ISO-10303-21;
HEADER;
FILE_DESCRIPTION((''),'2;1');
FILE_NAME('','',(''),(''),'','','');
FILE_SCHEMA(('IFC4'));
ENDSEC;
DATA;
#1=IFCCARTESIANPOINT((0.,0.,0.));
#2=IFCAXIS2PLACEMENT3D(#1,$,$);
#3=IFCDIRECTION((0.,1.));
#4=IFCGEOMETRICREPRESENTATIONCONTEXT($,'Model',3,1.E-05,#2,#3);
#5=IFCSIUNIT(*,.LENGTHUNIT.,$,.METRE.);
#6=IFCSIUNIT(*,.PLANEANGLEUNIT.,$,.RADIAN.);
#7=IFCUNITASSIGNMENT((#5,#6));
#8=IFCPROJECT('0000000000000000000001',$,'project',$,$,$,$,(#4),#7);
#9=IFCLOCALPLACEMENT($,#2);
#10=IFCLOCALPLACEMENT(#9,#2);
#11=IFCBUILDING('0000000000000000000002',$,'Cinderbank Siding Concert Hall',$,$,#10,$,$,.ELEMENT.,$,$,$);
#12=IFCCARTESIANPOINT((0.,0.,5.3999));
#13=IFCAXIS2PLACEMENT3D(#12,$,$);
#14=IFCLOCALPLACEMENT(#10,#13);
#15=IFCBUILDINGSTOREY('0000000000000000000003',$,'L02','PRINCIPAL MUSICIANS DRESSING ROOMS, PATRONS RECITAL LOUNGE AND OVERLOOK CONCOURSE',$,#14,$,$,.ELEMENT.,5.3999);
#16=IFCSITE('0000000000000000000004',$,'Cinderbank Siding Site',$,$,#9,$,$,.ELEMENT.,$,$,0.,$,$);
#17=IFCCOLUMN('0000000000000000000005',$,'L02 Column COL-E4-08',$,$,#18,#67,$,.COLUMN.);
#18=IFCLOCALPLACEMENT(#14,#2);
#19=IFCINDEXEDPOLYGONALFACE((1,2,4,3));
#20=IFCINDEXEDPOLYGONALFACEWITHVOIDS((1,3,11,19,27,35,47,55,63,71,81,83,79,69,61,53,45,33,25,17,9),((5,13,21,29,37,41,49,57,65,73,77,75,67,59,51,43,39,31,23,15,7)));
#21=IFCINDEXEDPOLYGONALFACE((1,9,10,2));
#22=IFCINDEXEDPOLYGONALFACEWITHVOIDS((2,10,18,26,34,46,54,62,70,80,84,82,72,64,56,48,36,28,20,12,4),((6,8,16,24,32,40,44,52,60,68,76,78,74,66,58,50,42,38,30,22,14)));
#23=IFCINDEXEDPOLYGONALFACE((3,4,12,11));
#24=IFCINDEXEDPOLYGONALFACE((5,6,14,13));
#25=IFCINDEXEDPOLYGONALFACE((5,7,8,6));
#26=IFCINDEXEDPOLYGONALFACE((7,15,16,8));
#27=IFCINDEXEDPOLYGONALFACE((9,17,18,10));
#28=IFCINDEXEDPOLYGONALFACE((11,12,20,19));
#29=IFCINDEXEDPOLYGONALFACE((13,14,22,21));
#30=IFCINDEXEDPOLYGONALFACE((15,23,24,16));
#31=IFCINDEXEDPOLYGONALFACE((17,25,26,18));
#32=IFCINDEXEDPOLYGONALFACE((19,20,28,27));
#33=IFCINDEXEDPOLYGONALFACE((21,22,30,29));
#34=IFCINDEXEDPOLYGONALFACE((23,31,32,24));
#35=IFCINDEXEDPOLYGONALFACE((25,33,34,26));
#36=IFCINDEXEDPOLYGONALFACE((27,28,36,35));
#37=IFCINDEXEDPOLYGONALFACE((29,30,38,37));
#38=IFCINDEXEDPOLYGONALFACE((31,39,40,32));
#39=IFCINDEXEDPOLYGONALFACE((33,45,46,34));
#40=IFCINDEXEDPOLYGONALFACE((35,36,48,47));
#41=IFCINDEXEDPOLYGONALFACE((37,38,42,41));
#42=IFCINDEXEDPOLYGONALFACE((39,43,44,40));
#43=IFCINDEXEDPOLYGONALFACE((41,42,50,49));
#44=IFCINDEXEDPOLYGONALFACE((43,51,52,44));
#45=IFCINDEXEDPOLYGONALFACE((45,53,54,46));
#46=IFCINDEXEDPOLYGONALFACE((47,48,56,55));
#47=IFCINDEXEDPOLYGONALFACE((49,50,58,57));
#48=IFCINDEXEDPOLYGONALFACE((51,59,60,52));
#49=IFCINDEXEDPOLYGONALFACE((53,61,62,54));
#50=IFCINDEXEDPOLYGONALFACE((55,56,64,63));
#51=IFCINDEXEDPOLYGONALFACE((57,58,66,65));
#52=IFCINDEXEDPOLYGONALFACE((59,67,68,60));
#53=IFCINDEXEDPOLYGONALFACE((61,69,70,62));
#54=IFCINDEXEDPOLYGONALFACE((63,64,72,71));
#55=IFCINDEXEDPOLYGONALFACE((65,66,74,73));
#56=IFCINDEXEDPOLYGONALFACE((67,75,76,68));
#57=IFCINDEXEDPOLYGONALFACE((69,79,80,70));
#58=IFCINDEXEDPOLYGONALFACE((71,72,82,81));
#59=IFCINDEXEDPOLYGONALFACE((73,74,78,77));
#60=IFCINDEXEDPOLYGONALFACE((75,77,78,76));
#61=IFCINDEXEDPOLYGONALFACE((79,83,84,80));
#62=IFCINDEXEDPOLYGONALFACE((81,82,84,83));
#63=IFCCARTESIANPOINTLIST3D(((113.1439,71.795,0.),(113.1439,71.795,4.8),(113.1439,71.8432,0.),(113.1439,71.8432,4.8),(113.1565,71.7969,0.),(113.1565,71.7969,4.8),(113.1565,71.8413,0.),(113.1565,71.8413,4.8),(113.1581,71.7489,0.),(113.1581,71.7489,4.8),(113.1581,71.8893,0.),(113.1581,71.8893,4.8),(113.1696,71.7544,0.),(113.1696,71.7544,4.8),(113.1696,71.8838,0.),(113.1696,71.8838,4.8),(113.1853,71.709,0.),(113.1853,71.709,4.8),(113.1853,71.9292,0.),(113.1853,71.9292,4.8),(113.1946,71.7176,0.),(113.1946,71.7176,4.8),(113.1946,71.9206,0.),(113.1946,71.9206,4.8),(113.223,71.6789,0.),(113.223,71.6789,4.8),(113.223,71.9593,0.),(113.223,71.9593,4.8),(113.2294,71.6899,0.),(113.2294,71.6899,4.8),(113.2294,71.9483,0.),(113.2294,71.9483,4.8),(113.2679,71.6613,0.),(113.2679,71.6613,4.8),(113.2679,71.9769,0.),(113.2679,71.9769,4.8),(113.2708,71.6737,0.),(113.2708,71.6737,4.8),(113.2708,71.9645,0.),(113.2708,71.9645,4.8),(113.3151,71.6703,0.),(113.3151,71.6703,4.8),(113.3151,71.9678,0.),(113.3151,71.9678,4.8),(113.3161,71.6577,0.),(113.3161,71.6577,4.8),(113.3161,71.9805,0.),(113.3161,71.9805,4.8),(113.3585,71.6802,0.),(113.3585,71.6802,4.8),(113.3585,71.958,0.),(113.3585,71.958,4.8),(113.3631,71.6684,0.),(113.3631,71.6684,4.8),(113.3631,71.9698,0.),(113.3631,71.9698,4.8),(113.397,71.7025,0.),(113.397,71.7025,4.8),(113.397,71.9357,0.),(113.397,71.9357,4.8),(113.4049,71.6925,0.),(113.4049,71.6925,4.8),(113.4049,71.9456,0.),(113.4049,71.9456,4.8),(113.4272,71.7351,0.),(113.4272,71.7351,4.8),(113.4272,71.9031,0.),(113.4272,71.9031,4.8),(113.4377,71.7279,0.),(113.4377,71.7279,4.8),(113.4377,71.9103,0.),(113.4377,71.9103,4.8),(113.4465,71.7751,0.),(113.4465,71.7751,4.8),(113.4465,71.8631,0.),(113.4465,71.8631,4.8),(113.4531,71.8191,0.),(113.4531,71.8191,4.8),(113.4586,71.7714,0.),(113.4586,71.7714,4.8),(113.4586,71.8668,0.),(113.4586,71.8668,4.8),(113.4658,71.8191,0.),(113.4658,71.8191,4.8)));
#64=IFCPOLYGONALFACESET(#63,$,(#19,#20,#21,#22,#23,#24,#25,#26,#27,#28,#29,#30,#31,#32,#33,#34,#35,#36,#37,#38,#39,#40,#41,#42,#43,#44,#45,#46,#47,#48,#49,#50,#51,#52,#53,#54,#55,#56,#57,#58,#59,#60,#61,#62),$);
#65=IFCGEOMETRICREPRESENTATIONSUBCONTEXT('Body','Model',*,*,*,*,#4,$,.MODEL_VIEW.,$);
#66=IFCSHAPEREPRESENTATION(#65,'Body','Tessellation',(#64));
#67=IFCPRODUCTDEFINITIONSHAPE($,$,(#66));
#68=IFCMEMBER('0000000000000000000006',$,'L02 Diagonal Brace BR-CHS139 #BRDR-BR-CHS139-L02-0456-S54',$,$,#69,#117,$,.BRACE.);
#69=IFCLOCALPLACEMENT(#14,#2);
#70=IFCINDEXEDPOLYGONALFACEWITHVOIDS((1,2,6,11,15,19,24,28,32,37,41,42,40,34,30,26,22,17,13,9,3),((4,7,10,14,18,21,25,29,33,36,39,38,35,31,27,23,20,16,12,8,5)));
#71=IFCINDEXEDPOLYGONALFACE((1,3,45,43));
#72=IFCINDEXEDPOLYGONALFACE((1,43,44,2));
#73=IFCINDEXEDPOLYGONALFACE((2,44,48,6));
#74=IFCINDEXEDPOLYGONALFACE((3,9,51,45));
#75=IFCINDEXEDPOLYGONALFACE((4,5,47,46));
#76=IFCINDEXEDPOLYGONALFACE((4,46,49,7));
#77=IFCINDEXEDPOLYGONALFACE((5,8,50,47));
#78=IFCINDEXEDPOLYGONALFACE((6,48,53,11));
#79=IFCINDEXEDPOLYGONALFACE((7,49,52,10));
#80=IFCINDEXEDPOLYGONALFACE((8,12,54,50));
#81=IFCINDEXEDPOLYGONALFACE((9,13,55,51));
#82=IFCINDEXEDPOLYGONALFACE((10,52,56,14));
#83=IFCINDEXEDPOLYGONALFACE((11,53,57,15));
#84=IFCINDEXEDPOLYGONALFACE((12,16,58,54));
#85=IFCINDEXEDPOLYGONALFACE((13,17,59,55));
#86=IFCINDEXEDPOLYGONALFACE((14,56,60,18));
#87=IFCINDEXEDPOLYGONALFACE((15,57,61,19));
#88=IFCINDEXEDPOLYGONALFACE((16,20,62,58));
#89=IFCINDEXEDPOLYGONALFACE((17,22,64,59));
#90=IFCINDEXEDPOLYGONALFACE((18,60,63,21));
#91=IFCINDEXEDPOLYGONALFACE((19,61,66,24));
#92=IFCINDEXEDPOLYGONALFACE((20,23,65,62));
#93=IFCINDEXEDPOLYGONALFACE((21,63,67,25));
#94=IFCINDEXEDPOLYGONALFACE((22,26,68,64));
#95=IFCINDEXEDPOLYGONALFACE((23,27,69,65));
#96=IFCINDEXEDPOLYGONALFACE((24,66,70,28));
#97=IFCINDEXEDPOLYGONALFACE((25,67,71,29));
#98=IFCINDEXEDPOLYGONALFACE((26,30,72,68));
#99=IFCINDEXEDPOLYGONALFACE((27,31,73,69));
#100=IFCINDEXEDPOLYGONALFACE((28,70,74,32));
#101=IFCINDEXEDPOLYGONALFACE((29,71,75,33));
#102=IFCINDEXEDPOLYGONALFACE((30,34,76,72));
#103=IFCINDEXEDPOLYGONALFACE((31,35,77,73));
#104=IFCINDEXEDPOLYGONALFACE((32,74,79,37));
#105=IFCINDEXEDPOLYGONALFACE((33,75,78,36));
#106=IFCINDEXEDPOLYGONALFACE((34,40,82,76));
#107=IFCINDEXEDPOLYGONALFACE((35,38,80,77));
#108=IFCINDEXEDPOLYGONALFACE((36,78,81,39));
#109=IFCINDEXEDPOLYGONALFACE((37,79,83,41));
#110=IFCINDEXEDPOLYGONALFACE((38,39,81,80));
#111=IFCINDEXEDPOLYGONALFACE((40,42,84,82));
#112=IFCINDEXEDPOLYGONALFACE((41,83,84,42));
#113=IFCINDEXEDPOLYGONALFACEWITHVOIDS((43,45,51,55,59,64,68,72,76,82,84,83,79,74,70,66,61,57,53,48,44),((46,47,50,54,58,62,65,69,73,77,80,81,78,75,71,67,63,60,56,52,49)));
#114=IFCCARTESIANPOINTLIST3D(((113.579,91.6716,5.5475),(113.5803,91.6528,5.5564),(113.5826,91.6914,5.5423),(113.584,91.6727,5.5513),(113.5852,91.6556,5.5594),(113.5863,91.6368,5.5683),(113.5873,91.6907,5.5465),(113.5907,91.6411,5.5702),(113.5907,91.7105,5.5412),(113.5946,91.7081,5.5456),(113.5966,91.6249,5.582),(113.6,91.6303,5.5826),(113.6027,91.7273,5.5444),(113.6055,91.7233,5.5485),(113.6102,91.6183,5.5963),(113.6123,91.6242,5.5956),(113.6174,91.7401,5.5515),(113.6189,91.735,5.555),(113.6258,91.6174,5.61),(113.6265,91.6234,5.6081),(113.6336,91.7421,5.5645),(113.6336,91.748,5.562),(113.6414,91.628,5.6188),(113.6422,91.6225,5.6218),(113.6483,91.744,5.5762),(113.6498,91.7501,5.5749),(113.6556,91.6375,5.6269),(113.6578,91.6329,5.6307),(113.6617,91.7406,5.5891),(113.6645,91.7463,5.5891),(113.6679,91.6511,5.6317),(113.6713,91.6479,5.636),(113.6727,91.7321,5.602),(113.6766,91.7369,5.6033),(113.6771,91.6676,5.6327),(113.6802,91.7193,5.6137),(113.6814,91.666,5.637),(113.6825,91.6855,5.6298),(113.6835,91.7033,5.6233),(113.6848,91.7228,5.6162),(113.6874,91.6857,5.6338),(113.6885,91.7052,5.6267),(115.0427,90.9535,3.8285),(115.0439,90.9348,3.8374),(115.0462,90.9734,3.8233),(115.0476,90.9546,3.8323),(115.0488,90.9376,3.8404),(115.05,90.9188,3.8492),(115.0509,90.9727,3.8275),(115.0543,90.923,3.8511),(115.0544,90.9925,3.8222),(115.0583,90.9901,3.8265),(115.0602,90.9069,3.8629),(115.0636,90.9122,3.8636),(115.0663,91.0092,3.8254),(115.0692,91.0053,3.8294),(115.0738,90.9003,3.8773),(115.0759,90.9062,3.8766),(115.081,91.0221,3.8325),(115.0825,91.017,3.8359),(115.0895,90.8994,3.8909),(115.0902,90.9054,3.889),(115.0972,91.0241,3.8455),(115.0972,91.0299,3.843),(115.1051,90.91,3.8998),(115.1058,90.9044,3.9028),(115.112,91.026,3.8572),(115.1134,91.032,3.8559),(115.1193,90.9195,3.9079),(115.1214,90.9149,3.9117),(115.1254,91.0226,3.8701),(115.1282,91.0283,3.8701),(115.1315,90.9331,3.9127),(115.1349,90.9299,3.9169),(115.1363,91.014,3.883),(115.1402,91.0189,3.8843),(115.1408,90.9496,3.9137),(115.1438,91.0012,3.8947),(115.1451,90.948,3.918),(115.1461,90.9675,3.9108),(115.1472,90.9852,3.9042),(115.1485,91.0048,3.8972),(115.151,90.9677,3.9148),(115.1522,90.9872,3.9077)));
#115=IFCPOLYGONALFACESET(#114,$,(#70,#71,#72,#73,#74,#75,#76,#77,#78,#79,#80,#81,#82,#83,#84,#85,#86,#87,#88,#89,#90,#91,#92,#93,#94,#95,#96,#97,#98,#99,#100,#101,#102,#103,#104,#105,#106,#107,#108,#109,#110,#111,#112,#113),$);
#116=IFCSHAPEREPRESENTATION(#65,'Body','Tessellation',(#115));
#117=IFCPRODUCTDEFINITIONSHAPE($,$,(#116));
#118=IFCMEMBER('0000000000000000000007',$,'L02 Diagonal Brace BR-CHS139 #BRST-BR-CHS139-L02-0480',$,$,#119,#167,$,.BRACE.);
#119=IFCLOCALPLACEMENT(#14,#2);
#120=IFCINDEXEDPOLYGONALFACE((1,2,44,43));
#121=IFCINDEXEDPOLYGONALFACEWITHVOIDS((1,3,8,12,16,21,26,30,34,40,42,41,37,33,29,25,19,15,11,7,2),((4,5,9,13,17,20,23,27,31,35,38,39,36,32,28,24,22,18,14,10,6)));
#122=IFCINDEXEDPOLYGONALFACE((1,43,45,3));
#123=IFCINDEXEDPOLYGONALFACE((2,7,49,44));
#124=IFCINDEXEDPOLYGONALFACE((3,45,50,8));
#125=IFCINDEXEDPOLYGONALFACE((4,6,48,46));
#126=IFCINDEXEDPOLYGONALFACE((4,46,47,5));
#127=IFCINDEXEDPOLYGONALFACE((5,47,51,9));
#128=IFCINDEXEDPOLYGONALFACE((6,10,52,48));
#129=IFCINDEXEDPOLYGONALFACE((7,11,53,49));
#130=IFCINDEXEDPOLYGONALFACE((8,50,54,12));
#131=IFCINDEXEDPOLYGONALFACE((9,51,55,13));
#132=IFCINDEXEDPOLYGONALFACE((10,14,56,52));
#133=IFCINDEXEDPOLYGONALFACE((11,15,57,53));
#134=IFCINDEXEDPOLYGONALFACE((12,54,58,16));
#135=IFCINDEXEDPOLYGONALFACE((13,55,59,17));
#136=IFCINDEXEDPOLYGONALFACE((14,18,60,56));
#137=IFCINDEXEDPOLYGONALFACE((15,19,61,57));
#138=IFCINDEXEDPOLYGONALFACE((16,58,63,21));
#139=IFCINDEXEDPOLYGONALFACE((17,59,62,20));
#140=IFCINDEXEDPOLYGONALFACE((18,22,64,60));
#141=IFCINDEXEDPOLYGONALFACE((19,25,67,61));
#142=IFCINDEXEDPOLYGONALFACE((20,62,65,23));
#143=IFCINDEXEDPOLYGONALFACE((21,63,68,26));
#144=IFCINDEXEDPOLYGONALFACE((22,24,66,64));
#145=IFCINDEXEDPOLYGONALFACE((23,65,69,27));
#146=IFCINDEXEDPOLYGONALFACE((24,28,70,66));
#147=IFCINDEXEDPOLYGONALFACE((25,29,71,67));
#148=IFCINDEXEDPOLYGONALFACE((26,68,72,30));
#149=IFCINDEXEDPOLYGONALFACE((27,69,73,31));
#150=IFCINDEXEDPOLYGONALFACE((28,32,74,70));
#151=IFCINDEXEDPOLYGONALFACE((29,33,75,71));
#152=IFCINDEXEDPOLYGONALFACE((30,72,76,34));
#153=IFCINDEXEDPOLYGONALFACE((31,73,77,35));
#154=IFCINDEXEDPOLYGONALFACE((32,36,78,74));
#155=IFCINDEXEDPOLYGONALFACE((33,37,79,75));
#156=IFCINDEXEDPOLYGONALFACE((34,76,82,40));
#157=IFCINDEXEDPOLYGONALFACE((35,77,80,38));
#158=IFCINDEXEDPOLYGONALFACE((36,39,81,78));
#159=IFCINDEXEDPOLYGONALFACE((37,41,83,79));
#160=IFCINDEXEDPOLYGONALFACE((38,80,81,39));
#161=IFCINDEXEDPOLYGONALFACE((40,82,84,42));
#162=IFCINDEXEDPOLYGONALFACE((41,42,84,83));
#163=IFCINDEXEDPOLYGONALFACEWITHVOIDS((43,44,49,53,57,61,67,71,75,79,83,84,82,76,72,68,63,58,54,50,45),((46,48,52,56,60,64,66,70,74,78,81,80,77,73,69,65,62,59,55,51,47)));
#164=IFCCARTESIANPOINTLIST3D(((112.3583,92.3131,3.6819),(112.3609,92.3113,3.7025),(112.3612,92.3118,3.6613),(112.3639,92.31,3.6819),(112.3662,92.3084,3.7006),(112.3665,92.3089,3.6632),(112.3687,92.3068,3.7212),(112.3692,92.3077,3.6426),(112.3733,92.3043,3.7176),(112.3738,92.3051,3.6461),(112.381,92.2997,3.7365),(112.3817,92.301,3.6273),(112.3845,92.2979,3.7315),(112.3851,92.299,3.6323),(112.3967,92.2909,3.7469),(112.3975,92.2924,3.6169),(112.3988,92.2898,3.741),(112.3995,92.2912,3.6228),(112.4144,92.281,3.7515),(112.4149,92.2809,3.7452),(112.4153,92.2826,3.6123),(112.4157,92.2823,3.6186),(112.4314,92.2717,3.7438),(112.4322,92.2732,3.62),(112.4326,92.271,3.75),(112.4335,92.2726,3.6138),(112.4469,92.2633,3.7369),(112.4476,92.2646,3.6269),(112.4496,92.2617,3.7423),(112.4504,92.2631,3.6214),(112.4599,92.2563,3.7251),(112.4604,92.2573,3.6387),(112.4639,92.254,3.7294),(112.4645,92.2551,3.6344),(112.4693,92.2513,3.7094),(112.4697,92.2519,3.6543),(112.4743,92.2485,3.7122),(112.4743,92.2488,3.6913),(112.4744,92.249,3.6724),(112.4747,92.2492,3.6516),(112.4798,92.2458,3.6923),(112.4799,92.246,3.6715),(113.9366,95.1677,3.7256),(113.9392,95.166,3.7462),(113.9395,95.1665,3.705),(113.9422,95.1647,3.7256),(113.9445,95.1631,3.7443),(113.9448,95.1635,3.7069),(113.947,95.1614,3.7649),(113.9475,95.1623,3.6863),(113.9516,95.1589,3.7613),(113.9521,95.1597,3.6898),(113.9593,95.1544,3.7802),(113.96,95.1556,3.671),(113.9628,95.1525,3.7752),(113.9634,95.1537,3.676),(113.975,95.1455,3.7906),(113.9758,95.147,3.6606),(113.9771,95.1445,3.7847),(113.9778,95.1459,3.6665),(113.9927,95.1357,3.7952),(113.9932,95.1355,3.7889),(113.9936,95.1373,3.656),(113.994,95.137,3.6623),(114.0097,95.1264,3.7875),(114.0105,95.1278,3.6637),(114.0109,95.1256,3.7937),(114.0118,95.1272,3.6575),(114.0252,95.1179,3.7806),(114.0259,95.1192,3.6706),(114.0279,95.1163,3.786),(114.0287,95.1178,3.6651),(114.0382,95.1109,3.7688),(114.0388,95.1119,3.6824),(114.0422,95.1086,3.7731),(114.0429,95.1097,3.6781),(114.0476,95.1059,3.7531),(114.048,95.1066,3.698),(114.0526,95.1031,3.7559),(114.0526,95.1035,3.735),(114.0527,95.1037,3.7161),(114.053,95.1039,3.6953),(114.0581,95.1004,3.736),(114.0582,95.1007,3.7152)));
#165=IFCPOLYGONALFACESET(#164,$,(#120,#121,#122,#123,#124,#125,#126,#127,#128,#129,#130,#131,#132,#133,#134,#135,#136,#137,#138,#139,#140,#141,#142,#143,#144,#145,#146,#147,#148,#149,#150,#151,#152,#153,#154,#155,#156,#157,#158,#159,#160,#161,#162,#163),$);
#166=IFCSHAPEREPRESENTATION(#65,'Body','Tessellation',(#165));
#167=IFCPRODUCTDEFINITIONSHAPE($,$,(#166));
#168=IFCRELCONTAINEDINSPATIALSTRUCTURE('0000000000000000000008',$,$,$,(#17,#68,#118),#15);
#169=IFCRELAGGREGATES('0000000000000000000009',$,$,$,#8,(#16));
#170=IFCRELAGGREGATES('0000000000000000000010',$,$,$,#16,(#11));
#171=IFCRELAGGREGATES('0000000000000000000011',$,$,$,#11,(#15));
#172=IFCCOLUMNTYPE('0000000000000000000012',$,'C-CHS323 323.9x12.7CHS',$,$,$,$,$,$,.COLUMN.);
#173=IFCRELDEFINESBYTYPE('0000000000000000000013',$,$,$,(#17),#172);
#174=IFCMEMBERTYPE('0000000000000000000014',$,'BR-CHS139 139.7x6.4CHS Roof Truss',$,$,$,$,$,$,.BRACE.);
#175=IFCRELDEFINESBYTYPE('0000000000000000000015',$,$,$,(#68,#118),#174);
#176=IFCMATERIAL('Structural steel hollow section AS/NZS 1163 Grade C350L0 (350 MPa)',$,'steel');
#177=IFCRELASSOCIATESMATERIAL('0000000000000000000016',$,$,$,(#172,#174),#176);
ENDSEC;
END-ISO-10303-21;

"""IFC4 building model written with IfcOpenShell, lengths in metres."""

from ifc_helpers import new_model, si_unit, direction, frame, origin, origin_2d, place, context, subcontext, project, spatial, hollow_circle, extrude, material, material_profile, profile_set, type_object, element, save


model = new_model("IFC4")

# Units and contexts
model_context = context("Model", 3, precision=1e-05, world=origin(), true_north=direction((0.0, 1.0)))
body_context = subcontext(model_context, "Body", "Model", "MODEL_VIEW")
ifc_project = project(units=[si_unit("LENGTHUNIT", "METRE"), si_unit("PLANEANGLEUNIT", "RADIAN")], contexts=[model_context])

# Site, building, storey
site_placement = place(None, origin())
site = spatial("IfcSite", under=ifc_project, at=site_placement, Name="Cinderbank Siding Site", CompositionType="ELEMENT", RefElevation=0.0)
building_placement = place(site_placement, origin())
building = spatial("IfcBuilding", under=site, at=building_placement, Name="Cinderbank Siding Concert Hall", CompositionType="ELEMENT")
storey_placement = place(building_placement, frame((0.0, 0.0, 5.3999)))
storey = spatial("IfcBuildingStorey", under=building, at=storey_placement, Name="L02", Description="PRINCIPAL MUSICIANS DRESSING ROOMS, PATRONS RECITAL LOUNGE AND OVERLOOK CONCOURSE", CompositionType="ELEMENT", Elevation=5.3999)

# Column
ifc_material_1 = material(Name="Structural steel hollow section AS/NZS 1163 Grade C350L0 (350 MPa)", Category="steel")
ifc_material_profile_1 = material_profile(ifc_material_1, hollow_circle(Radius=0.1619, WallThickness=0.0127, at=origin_2d()), Name="323.9x12.7CHS", Category="LoadBearing")
ifc_profile_set_1 = profile_set([ifc_material_profile_1], Name="Structural steel hollow section AS/NZS 1163 Grade C350L0 (350 MPa)")
column_type = type_object("IfcColumnType", Name="C-CHS323 323.9x12.7CHS", PredefinedType="COLUMN", material=ifc_profile_set_1)
column_placement = place(storey_placement, frame((113.304, 71.8191, 0.0), z_axis=(0.0, 0.0, 1.0), x_axis=(1.0, 0.0, 0.0)))
element("IfcColumn", 1, at=column_placement, inside=storey, type_object=column_type, Name="L02 Column COL-E4-08", PredefinedType="COLUMN", context=body_context, shape_type="SweptSolid", body=[
    extrude(hollow_circle(Radius=0.1619, WallThickness=0.0127, at=origin_2d()), origin(), (0.0, 0.0, 1.0), 4.8),
])

# Members
ifc_material_profile_2 = material_profile(ifc_material_1, hollow_circle(Radius=0.0698, WallThickness=0.0063, at=origin_2d()), Name="139.7x6.4CHS", Category="LoadBearing")
ifc_profile_set_2 = profile_set([ifc_material_profile_2], Name="Structural steel hollow section AS/NZS 1163 Grade C350L0 (350 MPa)")
member_type_1 = type_object("IfcMemberType", Name="BR-CHS139 139.7x6.4CHS Roof Truss", PredefinedType="BRACE", material=ifc_profile_set_2)
member_1_placement = place(storey_placement, frame((113.6338, 91.6836, 5.5891), z_axis=(0.617794, -0.303075, -0.725586), x_axis=(0.440432, 0.897786, 0.0)))
element("IfcMember", 2, at=member_1_placement, inside=storey, type_object=member_type_1, Name="L02 Diagonal Brace BR-CHS139 #BRDR-BR-CHS139-L02-0456-S54", PredefinedType="BRACE", context=body_context, shape_type="SweptSolid", body=[
    extrude(hollow_circle(Radius=0.0698, WallThickness=0.0063, at=origin_2d()), origin(), (0.0, 0.0, 1.0), 2.3691),
])
member_2_placement = place(storey_placement, frame((112.4194, 92.2793, 3.6819), z_axis=(0.483819, 0.875065, 0.013396), x_axis=(-0.875144, 0.483863, 0.0)))
element("IfcMember", 3, at=member_2_placement, inside=storey, type_object=member_type_1, Name="L02 Diagonal Brace BR-CHS139 #BRST-BR-CHS139-L02-0480", PredefinedType="BRACE", context=body_context, shape_type="SweptSolid", body=[
    extrude(hollow_circle(Radius=0.0698, WallThickness=0.0063, at=origin_2d()), origin(), (0.0, 0.0, 1.0), 3.2622),
])

save(model, "model.ifc")
